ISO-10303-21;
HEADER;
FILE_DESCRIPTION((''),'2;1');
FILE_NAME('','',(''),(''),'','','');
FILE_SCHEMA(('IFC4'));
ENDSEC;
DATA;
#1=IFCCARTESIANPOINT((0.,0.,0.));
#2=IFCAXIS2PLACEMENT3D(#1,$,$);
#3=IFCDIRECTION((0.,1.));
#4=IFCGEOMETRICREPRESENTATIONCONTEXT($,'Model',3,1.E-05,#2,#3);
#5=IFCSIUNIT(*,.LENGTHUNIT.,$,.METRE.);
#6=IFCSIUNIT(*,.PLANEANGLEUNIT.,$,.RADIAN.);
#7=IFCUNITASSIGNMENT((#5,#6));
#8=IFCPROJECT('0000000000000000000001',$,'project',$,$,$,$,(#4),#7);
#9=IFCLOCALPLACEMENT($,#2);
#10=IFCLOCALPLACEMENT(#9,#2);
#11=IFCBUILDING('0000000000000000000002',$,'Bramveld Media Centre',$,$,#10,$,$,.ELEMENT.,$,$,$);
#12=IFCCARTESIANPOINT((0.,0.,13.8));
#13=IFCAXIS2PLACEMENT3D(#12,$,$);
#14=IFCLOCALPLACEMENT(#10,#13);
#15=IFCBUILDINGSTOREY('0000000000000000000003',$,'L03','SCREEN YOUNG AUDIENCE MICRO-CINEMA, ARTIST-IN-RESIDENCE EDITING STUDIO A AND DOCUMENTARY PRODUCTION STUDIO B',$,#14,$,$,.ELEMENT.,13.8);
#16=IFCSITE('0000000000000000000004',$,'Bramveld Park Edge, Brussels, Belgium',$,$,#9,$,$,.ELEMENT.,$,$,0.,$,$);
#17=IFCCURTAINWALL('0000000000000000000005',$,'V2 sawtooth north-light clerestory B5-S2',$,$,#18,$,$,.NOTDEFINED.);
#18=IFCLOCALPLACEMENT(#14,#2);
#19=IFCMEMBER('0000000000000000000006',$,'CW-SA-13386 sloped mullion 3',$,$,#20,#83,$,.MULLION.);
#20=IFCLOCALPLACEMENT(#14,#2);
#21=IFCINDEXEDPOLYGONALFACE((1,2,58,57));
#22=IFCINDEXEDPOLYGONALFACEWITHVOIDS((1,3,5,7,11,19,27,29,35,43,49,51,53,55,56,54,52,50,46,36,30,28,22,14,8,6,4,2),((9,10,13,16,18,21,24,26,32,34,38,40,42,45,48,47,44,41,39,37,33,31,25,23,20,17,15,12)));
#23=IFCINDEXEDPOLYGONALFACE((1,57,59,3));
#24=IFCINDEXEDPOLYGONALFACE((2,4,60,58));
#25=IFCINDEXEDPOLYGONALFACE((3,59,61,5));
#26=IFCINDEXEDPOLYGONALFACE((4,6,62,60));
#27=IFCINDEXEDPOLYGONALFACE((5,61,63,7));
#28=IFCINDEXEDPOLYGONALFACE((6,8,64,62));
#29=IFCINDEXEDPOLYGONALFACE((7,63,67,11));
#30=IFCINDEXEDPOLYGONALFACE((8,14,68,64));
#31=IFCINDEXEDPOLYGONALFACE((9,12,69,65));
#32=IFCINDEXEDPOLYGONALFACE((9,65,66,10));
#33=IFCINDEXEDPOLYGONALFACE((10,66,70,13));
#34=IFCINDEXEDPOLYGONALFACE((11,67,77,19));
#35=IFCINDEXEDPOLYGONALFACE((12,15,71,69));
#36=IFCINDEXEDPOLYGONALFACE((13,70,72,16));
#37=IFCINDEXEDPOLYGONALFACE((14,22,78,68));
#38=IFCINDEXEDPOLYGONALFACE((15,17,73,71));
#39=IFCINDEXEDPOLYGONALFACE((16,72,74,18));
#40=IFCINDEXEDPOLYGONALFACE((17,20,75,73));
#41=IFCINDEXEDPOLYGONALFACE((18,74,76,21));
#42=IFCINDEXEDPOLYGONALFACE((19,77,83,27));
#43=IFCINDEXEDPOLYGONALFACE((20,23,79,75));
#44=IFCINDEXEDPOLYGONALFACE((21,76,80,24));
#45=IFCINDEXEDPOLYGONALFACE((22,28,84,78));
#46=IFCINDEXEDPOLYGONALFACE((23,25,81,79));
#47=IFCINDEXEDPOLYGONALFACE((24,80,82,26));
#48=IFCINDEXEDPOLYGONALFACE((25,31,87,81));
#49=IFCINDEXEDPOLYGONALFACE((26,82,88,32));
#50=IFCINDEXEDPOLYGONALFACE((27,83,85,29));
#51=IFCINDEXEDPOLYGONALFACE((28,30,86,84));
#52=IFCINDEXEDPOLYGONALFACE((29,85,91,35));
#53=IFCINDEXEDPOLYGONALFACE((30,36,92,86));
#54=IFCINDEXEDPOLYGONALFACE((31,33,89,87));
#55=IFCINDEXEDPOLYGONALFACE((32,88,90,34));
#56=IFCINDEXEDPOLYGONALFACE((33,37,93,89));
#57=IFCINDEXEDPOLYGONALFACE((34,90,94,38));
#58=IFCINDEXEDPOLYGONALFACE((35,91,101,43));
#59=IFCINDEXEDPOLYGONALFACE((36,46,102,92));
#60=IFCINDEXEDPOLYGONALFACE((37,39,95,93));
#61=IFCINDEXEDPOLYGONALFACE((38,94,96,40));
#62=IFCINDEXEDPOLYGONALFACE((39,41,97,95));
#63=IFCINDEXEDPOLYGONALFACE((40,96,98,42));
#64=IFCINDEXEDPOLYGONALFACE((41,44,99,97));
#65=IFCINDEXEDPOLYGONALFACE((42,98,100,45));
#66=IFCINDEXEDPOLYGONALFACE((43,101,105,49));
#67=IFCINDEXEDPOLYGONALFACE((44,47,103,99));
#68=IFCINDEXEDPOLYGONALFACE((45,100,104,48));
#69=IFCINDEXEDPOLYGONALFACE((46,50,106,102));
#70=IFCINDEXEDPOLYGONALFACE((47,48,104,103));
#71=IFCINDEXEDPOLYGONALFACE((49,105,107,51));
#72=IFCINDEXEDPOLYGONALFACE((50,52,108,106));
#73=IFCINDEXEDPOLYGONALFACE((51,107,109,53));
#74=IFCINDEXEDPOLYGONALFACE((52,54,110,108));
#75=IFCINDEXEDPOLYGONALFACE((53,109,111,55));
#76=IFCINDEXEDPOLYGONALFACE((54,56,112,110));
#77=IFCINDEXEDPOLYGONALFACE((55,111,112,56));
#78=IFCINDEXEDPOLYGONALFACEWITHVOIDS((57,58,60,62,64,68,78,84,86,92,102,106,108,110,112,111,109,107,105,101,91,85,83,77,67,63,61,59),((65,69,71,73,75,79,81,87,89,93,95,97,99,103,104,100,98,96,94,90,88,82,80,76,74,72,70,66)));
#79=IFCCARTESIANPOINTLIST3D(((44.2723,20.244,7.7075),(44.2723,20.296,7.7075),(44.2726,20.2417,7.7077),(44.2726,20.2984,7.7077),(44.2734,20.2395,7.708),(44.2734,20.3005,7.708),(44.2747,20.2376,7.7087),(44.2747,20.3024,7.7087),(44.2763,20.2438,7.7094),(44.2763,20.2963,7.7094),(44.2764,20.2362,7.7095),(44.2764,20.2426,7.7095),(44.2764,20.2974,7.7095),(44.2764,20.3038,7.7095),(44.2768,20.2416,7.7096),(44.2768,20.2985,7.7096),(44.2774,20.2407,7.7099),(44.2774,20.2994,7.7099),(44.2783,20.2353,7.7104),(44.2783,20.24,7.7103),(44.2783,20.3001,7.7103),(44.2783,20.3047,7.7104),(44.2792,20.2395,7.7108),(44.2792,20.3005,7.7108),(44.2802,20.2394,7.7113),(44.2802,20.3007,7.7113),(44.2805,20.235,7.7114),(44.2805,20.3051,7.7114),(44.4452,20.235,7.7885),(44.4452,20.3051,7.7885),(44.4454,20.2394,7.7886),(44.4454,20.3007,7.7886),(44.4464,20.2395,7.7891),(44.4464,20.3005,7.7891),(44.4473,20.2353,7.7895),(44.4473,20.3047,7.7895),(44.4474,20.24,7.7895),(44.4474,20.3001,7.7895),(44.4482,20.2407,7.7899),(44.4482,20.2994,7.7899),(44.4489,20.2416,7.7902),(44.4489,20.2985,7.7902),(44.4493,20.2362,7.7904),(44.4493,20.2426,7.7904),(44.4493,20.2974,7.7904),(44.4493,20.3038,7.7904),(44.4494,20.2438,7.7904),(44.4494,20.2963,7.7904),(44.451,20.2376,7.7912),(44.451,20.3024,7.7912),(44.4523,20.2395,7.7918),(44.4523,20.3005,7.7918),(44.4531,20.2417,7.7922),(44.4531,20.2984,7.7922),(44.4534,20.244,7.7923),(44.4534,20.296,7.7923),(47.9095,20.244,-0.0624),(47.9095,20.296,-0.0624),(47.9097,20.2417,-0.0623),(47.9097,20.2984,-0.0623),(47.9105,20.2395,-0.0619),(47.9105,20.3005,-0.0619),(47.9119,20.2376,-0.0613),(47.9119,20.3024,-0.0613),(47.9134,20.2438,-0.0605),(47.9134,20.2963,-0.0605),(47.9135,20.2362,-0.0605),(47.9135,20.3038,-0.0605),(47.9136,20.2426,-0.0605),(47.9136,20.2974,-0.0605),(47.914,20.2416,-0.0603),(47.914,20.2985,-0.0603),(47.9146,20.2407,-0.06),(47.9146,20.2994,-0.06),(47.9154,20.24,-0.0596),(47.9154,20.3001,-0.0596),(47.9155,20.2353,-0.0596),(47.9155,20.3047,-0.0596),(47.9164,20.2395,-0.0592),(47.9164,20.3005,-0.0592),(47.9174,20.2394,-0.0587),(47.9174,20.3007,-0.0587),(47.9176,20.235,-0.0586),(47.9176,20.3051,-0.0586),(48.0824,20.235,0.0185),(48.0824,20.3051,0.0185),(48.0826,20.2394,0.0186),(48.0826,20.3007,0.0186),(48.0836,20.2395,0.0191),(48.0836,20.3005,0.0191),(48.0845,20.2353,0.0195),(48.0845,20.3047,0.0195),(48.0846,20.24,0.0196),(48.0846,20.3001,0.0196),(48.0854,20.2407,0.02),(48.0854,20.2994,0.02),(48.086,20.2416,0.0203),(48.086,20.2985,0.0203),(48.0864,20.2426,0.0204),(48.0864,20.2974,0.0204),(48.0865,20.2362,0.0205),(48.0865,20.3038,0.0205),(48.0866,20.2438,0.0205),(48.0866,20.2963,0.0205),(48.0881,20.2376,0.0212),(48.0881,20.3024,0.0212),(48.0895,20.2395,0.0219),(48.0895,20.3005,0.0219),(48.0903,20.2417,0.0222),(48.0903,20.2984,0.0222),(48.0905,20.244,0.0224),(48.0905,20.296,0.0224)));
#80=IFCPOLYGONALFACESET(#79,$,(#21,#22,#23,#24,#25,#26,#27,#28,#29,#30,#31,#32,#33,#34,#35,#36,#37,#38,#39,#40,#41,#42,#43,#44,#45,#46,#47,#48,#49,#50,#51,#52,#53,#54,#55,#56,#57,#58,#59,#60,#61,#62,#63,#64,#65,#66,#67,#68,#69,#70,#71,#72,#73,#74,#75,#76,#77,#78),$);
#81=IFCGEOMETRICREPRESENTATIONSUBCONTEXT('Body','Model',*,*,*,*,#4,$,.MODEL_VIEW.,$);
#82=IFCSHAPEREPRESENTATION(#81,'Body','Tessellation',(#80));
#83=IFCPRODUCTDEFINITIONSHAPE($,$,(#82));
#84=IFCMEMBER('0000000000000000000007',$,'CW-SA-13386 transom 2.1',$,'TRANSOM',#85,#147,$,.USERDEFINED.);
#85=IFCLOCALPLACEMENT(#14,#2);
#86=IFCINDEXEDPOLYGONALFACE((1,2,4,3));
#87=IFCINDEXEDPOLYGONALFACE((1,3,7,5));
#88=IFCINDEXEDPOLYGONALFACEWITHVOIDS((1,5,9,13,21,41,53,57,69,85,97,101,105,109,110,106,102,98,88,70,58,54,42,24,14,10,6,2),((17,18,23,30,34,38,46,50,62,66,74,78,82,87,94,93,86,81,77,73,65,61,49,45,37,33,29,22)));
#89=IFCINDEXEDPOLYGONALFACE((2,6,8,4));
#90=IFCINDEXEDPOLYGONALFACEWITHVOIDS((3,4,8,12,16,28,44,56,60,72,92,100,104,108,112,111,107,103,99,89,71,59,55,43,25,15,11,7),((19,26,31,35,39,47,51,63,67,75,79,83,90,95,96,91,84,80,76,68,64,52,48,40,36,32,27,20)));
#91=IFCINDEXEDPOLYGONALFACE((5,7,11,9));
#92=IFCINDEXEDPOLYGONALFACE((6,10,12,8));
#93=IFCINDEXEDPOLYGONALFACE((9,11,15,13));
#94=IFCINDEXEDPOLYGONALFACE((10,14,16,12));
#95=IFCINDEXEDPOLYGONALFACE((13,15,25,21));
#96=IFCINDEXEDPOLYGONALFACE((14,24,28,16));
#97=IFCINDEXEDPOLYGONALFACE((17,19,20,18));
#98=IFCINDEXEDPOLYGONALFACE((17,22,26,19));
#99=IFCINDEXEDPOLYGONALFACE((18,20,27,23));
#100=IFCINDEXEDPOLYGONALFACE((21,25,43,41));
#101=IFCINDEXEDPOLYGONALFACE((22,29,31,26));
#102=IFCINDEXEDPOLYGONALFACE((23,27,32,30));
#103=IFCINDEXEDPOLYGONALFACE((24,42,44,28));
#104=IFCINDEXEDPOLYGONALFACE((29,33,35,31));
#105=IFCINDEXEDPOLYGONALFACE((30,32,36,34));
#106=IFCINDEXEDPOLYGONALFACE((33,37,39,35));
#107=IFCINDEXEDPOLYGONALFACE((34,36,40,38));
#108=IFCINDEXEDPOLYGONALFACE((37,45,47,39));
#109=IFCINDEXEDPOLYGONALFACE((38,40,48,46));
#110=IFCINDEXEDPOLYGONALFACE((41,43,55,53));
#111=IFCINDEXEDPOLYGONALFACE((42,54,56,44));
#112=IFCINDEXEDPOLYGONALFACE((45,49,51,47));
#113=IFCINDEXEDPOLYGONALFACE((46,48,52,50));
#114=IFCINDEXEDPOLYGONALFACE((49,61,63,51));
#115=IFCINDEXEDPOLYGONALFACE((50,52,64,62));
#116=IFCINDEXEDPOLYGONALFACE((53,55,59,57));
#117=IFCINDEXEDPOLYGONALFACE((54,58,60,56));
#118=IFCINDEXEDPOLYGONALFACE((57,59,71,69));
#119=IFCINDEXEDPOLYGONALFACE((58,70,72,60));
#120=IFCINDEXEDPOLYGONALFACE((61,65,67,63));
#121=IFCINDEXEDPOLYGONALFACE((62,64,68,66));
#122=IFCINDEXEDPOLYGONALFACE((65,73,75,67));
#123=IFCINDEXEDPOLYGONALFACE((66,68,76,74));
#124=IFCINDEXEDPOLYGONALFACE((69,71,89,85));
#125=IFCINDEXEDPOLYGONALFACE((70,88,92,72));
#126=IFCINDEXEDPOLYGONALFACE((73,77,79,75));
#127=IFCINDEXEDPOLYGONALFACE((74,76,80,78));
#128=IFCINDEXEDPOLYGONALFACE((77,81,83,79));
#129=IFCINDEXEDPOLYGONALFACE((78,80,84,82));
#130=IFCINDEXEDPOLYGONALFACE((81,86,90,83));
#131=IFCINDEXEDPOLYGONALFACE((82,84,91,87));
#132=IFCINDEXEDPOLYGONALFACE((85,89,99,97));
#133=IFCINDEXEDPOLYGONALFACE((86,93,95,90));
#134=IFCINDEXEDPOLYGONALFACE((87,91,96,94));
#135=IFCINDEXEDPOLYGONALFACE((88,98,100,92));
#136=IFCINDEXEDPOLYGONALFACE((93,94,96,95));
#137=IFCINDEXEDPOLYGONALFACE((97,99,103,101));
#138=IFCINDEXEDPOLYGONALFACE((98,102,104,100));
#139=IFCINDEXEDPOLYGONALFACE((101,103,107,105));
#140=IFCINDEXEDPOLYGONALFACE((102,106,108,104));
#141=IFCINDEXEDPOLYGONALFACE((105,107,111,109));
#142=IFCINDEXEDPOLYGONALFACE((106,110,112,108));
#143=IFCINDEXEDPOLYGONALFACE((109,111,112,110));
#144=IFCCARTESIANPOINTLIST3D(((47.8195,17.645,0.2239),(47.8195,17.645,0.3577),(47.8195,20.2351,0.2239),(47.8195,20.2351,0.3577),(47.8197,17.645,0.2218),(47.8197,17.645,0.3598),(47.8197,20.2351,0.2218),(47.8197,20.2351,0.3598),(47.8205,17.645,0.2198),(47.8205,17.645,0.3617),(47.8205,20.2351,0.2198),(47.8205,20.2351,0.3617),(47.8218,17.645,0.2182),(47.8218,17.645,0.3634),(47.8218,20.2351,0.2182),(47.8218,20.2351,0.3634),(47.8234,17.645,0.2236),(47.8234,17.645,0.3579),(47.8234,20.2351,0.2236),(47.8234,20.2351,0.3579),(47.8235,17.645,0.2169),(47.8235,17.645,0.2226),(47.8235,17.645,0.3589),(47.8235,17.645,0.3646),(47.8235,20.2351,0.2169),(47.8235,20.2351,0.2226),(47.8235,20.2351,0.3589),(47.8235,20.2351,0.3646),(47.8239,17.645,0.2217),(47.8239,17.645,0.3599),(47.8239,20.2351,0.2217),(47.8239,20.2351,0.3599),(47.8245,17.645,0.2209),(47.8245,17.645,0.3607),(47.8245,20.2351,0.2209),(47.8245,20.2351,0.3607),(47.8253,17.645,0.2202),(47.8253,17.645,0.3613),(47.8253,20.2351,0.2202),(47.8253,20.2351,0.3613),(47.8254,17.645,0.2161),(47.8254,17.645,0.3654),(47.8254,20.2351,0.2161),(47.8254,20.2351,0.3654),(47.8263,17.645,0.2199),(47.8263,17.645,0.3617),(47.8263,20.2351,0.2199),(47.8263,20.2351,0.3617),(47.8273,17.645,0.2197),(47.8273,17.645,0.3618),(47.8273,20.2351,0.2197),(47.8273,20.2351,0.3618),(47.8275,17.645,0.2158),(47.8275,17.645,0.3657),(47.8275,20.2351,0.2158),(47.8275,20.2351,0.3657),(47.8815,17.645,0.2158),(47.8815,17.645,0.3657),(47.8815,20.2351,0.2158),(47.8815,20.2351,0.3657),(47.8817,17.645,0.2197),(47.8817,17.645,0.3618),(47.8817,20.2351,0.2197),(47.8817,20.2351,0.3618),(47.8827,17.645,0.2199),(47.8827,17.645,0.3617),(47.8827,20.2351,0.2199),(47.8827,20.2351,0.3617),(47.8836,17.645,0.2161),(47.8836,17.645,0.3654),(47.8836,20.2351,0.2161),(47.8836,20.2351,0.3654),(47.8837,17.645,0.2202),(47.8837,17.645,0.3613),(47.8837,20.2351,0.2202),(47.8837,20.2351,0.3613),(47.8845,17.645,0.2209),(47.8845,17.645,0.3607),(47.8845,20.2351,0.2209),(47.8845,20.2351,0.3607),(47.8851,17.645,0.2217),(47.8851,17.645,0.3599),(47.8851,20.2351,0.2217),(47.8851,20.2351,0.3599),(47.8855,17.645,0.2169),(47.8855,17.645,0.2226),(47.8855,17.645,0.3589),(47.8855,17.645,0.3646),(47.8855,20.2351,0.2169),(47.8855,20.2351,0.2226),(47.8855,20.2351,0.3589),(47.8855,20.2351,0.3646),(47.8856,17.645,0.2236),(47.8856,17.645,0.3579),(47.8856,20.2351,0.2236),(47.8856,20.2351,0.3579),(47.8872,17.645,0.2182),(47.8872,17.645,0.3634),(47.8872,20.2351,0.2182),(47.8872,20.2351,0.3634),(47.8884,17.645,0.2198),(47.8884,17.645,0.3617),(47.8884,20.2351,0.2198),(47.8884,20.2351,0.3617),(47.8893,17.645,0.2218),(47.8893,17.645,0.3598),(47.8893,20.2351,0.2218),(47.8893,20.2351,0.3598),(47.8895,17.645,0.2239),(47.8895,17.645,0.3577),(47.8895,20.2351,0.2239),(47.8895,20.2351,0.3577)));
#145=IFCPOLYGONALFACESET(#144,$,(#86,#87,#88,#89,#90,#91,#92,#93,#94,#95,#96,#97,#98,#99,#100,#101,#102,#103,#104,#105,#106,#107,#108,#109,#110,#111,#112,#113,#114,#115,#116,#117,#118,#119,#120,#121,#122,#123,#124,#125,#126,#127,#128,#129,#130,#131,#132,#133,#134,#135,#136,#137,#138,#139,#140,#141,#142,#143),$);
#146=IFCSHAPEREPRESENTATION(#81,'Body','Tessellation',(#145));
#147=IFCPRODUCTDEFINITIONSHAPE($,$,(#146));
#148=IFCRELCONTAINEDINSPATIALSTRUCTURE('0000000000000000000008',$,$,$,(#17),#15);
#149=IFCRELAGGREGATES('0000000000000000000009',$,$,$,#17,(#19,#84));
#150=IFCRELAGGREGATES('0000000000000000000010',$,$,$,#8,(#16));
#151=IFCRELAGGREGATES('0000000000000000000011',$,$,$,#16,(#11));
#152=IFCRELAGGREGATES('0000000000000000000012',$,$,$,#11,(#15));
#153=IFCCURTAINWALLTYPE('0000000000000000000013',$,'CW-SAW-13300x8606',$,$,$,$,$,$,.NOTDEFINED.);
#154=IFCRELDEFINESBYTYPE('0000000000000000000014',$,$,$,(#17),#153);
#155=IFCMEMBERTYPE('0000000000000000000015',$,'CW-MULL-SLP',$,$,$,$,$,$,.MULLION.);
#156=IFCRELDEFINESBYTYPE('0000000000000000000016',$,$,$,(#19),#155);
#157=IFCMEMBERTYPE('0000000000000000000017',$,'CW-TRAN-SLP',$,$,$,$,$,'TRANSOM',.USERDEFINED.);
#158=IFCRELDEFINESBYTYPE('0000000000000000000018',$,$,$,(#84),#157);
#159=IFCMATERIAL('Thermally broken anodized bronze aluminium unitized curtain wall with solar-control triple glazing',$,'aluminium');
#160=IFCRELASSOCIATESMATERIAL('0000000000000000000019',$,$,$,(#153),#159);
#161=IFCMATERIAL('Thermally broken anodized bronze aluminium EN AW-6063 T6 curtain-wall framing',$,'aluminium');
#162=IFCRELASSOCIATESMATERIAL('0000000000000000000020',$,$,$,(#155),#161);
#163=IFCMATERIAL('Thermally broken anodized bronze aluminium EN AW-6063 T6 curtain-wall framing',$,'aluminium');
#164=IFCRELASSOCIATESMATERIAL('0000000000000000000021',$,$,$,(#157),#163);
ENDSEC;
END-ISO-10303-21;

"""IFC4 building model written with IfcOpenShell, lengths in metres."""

from ifc_helpers import new_model, si_unit, direction, frame, origin, origin_2d, place, context, subcontext, project, spatial, hollow_rectangle, extrude, material, material_profile, profile_set, type_object, element, aggregate, save


model = new_model("IFC4")

# Units and contexts
model_context = context("Model", 3, precision=1e-05, world=origin(), true_north=direction((0.0, 1.0)))
body_context = subcontext(model_context, "Body", "Model", "MODEL_VIEW")
ifc_project = project(units=[si_unit("LENGTHUNIT", "METRE"), si_unit("PLANEANGLEUNIT", "RADIAN")], contexts=[model_context])

# Site, building, storey
site_placement = place(None, origin())
site = spatial("IfcSite", under=ifc_project, at=site_placement, Name="Bramveld Park Edge, Brussels, Belgium", CompositionType="ELEMENT", RefElevation=0.0)
building_placement = place(site_placement, origin())
building = spatial("IfcBuilding", under=site, at=building_placement, Name="Bramveld Media Centre", CompositionType="ELEMENT")
storey_placement = place(building_placement, frame((0.0, 0.0, 13.8)))
storey = spatial("IfcBuildingStorey", under=building, at=storey_placement, Name="L03", Description="SCREEN YOUNG AUDIENCE MICRO-CINEMA, ARTIST-IN-RESIDENCE EDITING STUDIO A AND DOCUMENTARY PRODUCTION STUDIO B", CompositionType="ELEMENT", Elevation=13.8)

# Curtain wall, members
ifc_material_1 = material(Name="Thermally broken anodized bronze aluminium unitized curtain wall with solar-control triple glazing", Category="aluminium")
curtain_wall_type = type_object("IfcCurtainWallType", Name="CW-SAW-13300x8606", PredefinedType="NOTDEFINED", material=ifc_material_1)
curtain_wall_placement = place(storey_placement, origin())
curtain_wall = element("IfcCurtainWall", 1, at=curtain_wall_placement, inside=storey, type_object=curtain_wall_type, Name="V2 sawtooth north-light clerestory B5-S2", PredefinedType="NOTDEFINED")
ifc_material_2 = material(Name="Thermally broken anodized bronze aluminium EN AW-6063 T6 curtain-wall framing", Category="aluminium")
ifc_material_profile_1 = material_profile(ifc_material_2, hollow_rectangle(XDim=0.0701, YDim=0.2, WallThickness=0.0044, InnerFilletRadius=0.0044, OuterFilletRadius=0.009, at=origin_2d()), Name="AL-MULL 70x200")
ifc_profile_set_1 = profile_set([ifc_material_profile_1], Name="Thermally broken anodized bronze aluminium EN AW-6063 T6 curtain-wall framing")
member_type_1 = type_object("IfcMemberType", Name="CW-MULL-SLP", PredefinedType="MULLION", material=ifc_profile_set_1)
member_1_placement = place(storey_placement, frame((48.0, 20.27, -0.02), z_axis=(-0.423957, 0.0, 0.905682), x_axis=(0.0, -1.0, 0.0)))
member_1 = element("IfcMember", 2, at=member_1_placement, type_object=member_type_1, Name="CW-SA-13386 sloped mullion 3", PredefinedType="MULLION", context=body_context, shape_type="SweptSolid", body=[
    extrude(hollow_rectangle(XDim=0.0701, YDim=0.2, WallThickness=0.0044, InnerFilletRadius=0.0044, OuterFilletRadius=0.009, at=origin_2d()), origin(), (0.0, 0.0, 1.0), 8.5791),
])
ifc_material_3 = material(Name="Thermally broken anodized bronze aluminium EN AW-6063 T6 curtain-wall framing", Category="aluminium")
ifc_material_profile_2 = material_profile(ifc_material_3, hollow_rectangle(XDim=0.0701, YDim=0.1499, WallThickness=0.0039, InnerFilletRadius=0.0039, OuterFilletRadius=0.0081, at=origin_2d()), Name="AL-TRAN 70x150")
ifc_profile_set_2 = profile_set([ifc_material_profile_2], Name="Thermally broken anodized bronze aluminium EN AW-6063 T6 curtain-wall framing")
member_type_2 = type_object("IfcMemberType", Name="CW-TRAN-SLP", ElementType="TRANSOM", PredefinedType="USERDEFINED", material=ifc_profile_set_2)
member_2_placement = place(storey_placement, frame((47.8545, 17.645, 0.2908), z_axis=(0.0, 1.0, 0.0), x_axis=(-1.0, 0.0, 0.0)))
member_2 = element("IfcMember", 3, at=member_2_placement, type_object=member_type_2, Name="CW-SA-13386 transom 2.1", ObjectType="TRANSOM", PredefinedType="USERDEFINED", context=body_context, shape_type="SweptSolid", body=[
    extrude(hollow_rectangle(XDim=0.0701, YDim=0.1499, WallThickness=0.0039, InnerFilletRadius=0.0039, OuterFilletRadius=0.0081, at=origin_2d()), origin(), (0.0, 0.0, 1.0), 2.5901),
])

aggregate(curtain_wall, [member_1, member_2])

save(model, "model.ifc")
